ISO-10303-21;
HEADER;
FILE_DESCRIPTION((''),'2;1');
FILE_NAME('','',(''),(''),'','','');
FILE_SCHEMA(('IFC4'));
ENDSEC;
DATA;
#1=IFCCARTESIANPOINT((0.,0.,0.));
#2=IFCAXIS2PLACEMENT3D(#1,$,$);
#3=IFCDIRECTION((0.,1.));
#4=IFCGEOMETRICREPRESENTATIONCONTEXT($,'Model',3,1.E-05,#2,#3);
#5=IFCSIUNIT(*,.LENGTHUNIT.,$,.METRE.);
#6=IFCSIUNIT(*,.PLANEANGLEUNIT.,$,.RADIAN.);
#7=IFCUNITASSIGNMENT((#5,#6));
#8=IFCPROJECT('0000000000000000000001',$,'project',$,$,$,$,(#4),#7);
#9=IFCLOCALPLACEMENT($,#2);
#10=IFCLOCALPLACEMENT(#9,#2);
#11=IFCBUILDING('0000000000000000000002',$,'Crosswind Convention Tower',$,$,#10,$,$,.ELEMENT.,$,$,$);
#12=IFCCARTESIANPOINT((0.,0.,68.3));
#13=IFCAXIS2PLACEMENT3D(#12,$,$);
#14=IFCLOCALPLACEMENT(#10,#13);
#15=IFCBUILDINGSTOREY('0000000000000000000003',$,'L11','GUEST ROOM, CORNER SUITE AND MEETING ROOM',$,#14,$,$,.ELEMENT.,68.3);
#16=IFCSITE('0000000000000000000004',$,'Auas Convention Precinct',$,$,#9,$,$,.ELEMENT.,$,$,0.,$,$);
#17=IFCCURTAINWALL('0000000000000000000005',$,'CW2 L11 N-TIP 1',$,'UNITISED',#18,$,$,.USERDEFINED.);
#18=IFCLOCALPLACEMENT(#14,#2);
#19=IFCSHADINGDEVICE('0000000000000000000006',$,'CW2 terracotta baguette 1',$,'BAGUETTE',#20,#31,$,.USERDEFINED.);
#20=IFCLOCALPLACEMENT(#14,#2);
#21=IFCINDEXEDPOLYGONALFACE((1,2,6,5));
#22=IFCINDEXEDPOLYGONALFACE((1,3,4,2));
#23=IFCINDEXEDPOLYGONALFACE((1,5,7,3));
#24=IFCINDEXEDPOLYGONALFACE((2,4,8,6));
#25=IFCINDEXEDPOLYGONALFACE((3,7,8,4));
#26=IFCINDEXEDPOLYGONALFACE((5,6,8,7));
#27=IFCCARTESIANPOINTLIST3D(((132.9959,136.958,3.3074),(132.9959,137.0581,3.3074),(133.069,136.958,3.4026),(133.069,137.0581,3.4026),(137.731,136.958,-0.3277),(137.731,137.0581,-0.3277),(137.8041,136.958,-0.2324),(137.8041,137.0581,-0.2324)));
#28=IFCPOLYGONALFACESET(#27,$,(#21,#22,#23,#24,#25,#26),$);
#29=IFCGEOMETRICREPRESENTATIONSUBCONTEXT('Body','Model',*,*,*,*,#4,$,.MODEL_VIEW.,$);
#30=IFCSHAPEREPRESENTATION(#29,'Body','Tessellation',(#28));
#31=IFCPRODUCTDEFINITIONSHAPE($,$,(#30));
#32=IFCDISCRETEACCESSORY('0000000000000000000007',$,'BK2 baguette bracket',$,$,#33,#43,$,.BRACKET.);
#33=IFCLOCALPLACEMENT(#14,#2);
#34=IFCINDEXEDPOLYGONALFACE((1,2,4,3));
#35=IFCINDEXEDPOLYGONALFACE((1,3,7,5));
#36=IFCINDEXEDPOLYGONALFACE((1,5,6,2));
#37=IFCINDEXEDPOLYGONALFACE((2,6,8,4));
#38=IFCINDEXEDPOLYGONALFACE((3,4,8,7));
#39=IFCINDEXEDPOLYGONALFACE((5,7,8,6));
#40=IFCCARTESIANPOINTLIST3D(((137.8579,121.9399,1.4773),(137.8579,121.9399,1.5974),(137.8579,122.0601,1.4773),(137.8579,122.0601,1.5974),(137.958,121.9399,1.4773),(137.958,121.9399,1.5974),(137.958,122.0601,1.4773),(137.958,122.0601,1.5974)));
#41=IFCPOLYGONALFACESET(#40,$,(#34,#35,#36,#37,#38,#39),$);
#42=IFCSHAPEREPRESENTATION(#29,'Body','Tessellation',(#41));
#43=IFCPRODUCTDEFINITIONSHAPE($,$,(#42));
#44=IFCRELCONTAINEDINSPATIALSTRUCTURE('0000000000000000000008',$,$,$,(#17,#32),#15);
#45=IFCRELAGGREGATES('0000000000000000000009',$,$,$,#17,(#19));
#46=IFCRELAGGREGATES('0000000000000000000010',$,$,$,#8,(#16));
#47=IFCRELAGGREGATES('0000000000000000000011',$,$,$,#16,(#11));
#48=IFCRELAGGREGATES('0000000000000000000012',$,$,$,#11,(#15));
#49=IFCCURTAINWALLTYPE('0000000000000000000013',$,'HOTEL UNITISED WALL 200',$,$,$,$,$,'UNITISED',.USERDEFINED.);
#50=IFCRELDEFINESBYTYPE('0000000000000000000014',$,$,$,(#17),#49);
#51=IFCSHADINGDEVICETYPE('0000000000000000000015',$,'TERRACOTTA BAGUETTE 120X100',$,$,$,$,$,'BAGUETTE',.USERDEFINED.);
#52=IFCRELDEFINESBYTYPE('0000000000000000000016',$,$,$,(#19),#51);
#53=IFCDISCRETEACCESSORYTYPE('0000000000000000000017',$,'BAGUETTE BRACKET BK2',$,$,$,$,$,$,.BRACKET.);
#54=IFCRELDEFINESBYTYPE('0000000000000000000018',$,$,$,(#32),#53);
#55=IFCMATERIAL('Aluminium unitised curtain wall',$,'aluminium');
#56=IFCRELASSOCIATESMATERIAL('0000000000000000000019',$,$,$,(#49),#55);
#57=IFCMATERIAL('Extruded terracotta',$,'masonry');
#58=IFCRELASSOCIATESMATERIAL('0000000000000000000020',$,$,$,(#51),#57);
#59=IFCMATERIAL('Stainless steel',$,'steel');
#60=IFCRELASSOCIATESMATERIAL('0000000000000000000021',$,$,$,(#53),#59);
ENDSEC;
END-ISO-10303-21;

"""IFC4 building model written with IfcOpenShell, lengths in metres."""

from ifc_helpers import new_model, si_unit, direction, frame, origin, origin_2d, place, context, subcontext, project, spatial, rectangle, extrude, material, material_profile, profile_set, type_object, element, aggregate, save


model = new_model("IFC4")

# Units and contexts
model_context = context("Model", 3, precision=1e-05, world=origin(), true_north=direction((0.0, 1.0)))
body_context = subcontext(model_context, "Body", "Model", "MODEL_VIEW")
ifc_project = project(units=[si_unit("LENGTHUNIT", "METRE"), si_unit("PLANEANGLEUNIT", "RADIAN")], contexts=[model_context])

# Site, building, storey
site_placement = place(None, origin())
site = spatial("IfcSite", under=ifc_project, at=site_placement, Name="Auas Convention Precinct", CompositionType="ELEMENT", RefElevation=0.0)
building_placement = place(site_placement, origin())
building = spatial("IfcBuilding", under=site, at=building_placement, Name="Crosswind Convention Tower", CompositionType="ELEMENT")
storey_placement = place(building_placement, frame((0.0, 0.0, 68.3)))
storey = spatial("IfcBuildingStorey", under=building, at=storey_placement, Name="L11", Description="GUEST ROOM, CORNER SUITE AND MEETING ROOM", CompositionType="ELEMENT", Elevation=68.3)

# Shared definitions
ifc_material_1 = material(Name="Aluminium unitised curtain wall", Category="aluminium")

# Shared definitions
curtain_wall_type_1 = type_object("IfcCurtainWallType", Name="HOTEL UNITISED WALL 200", ElementType="UNITISED", PredefinedType="USERDEFINED", material=ifc_material_1)

# Curtain wall
curtain_wall_1_placement = place(storey_placement, origin())
curtain_wall_1 = element("IfcCurtainWall", 1, at=curtain_wall_1_placement, inside=storey, type_object=curtain_wall_type_1, Name="CW2 L11 N-TIP 1", ObjectType="UNITISED", PredefinedType="USERDEFINED")

# Shading device
ifc_material_2 = material(Name="Extruded terracotta", Category="masonry")
ifc_material_profile_1 = material_profile(ifc_material_2, rectangle(XDim=0.1001, YDim=0.1201, at=origin_2d()), Name="TC 100X120")
ifc_profile_set_1 = profile_set([ifc_material_profile_1], Name="Extruded terracotta")
shading_device_type = type_object("IfcShadingDeviceType", Name="TERRACOTTA BAGUETTE 120X100", ElementType="BAGUETTE", PredefinedType="USERDEFINED", material=ifc_profile_set_1)
shading_device_1_placement = place(storey_placement, frame((137.7676, 137.0081, -0.28), z_axis=(-0.793221, 0.0, 0.608934), x_axis=(0.0, -1.0, 0.0)))
shading_device_1 = element("IfcShadingDevice", 2, at=shading_device_1_placement, type_object=shading_device_type, Name="CW2 terracotta baguette 1", ObjectType="BAGUETTE", PredefinedType="USERDEFINED", context=body_context, shape_type="SweptSolid", body=[
    extrude(rectangle(XDim=0.1001, YDim=0.1201, at=origin_2d()), origin(), (0.0, 0.0, 1.0), 5.9695),
])
aggregate(curtain_wall_1, [shading_device_1])

# Discrete accessory
ifc_material_3 = material(Name="Stainless steel", Category="steel")
discrete_accessory_type = type_object("IfcDiscreteAccessoryType", Name="BAGUETTE BRACKET BK2", PredefinedType="BRACKET", material=ifc_material_3)
discrete_accessory_placement = place(storey_placement, frame((137.908, 122.0, 1.4773), z_axis=(0.0, 0.0, 1.0), x_axis=(0.0, 1.0, 0.0)))
element("IfcDiscreteAccessory", 3, at=discrete_accessory_placement, inside=storey, type_object=discrete_accessory_type, Name="BK2 baguette bracket", PredefinedType="BRACKET", context=body_context, shape_type="SweptSolid", body=[
    extrude(rectangle(XDim=0.1201, YDim=0.1001, at=origin_2d()), origin(), (0.0, 0.0, 1.0), 0.1201),
])

save(model, "model.ifc")
